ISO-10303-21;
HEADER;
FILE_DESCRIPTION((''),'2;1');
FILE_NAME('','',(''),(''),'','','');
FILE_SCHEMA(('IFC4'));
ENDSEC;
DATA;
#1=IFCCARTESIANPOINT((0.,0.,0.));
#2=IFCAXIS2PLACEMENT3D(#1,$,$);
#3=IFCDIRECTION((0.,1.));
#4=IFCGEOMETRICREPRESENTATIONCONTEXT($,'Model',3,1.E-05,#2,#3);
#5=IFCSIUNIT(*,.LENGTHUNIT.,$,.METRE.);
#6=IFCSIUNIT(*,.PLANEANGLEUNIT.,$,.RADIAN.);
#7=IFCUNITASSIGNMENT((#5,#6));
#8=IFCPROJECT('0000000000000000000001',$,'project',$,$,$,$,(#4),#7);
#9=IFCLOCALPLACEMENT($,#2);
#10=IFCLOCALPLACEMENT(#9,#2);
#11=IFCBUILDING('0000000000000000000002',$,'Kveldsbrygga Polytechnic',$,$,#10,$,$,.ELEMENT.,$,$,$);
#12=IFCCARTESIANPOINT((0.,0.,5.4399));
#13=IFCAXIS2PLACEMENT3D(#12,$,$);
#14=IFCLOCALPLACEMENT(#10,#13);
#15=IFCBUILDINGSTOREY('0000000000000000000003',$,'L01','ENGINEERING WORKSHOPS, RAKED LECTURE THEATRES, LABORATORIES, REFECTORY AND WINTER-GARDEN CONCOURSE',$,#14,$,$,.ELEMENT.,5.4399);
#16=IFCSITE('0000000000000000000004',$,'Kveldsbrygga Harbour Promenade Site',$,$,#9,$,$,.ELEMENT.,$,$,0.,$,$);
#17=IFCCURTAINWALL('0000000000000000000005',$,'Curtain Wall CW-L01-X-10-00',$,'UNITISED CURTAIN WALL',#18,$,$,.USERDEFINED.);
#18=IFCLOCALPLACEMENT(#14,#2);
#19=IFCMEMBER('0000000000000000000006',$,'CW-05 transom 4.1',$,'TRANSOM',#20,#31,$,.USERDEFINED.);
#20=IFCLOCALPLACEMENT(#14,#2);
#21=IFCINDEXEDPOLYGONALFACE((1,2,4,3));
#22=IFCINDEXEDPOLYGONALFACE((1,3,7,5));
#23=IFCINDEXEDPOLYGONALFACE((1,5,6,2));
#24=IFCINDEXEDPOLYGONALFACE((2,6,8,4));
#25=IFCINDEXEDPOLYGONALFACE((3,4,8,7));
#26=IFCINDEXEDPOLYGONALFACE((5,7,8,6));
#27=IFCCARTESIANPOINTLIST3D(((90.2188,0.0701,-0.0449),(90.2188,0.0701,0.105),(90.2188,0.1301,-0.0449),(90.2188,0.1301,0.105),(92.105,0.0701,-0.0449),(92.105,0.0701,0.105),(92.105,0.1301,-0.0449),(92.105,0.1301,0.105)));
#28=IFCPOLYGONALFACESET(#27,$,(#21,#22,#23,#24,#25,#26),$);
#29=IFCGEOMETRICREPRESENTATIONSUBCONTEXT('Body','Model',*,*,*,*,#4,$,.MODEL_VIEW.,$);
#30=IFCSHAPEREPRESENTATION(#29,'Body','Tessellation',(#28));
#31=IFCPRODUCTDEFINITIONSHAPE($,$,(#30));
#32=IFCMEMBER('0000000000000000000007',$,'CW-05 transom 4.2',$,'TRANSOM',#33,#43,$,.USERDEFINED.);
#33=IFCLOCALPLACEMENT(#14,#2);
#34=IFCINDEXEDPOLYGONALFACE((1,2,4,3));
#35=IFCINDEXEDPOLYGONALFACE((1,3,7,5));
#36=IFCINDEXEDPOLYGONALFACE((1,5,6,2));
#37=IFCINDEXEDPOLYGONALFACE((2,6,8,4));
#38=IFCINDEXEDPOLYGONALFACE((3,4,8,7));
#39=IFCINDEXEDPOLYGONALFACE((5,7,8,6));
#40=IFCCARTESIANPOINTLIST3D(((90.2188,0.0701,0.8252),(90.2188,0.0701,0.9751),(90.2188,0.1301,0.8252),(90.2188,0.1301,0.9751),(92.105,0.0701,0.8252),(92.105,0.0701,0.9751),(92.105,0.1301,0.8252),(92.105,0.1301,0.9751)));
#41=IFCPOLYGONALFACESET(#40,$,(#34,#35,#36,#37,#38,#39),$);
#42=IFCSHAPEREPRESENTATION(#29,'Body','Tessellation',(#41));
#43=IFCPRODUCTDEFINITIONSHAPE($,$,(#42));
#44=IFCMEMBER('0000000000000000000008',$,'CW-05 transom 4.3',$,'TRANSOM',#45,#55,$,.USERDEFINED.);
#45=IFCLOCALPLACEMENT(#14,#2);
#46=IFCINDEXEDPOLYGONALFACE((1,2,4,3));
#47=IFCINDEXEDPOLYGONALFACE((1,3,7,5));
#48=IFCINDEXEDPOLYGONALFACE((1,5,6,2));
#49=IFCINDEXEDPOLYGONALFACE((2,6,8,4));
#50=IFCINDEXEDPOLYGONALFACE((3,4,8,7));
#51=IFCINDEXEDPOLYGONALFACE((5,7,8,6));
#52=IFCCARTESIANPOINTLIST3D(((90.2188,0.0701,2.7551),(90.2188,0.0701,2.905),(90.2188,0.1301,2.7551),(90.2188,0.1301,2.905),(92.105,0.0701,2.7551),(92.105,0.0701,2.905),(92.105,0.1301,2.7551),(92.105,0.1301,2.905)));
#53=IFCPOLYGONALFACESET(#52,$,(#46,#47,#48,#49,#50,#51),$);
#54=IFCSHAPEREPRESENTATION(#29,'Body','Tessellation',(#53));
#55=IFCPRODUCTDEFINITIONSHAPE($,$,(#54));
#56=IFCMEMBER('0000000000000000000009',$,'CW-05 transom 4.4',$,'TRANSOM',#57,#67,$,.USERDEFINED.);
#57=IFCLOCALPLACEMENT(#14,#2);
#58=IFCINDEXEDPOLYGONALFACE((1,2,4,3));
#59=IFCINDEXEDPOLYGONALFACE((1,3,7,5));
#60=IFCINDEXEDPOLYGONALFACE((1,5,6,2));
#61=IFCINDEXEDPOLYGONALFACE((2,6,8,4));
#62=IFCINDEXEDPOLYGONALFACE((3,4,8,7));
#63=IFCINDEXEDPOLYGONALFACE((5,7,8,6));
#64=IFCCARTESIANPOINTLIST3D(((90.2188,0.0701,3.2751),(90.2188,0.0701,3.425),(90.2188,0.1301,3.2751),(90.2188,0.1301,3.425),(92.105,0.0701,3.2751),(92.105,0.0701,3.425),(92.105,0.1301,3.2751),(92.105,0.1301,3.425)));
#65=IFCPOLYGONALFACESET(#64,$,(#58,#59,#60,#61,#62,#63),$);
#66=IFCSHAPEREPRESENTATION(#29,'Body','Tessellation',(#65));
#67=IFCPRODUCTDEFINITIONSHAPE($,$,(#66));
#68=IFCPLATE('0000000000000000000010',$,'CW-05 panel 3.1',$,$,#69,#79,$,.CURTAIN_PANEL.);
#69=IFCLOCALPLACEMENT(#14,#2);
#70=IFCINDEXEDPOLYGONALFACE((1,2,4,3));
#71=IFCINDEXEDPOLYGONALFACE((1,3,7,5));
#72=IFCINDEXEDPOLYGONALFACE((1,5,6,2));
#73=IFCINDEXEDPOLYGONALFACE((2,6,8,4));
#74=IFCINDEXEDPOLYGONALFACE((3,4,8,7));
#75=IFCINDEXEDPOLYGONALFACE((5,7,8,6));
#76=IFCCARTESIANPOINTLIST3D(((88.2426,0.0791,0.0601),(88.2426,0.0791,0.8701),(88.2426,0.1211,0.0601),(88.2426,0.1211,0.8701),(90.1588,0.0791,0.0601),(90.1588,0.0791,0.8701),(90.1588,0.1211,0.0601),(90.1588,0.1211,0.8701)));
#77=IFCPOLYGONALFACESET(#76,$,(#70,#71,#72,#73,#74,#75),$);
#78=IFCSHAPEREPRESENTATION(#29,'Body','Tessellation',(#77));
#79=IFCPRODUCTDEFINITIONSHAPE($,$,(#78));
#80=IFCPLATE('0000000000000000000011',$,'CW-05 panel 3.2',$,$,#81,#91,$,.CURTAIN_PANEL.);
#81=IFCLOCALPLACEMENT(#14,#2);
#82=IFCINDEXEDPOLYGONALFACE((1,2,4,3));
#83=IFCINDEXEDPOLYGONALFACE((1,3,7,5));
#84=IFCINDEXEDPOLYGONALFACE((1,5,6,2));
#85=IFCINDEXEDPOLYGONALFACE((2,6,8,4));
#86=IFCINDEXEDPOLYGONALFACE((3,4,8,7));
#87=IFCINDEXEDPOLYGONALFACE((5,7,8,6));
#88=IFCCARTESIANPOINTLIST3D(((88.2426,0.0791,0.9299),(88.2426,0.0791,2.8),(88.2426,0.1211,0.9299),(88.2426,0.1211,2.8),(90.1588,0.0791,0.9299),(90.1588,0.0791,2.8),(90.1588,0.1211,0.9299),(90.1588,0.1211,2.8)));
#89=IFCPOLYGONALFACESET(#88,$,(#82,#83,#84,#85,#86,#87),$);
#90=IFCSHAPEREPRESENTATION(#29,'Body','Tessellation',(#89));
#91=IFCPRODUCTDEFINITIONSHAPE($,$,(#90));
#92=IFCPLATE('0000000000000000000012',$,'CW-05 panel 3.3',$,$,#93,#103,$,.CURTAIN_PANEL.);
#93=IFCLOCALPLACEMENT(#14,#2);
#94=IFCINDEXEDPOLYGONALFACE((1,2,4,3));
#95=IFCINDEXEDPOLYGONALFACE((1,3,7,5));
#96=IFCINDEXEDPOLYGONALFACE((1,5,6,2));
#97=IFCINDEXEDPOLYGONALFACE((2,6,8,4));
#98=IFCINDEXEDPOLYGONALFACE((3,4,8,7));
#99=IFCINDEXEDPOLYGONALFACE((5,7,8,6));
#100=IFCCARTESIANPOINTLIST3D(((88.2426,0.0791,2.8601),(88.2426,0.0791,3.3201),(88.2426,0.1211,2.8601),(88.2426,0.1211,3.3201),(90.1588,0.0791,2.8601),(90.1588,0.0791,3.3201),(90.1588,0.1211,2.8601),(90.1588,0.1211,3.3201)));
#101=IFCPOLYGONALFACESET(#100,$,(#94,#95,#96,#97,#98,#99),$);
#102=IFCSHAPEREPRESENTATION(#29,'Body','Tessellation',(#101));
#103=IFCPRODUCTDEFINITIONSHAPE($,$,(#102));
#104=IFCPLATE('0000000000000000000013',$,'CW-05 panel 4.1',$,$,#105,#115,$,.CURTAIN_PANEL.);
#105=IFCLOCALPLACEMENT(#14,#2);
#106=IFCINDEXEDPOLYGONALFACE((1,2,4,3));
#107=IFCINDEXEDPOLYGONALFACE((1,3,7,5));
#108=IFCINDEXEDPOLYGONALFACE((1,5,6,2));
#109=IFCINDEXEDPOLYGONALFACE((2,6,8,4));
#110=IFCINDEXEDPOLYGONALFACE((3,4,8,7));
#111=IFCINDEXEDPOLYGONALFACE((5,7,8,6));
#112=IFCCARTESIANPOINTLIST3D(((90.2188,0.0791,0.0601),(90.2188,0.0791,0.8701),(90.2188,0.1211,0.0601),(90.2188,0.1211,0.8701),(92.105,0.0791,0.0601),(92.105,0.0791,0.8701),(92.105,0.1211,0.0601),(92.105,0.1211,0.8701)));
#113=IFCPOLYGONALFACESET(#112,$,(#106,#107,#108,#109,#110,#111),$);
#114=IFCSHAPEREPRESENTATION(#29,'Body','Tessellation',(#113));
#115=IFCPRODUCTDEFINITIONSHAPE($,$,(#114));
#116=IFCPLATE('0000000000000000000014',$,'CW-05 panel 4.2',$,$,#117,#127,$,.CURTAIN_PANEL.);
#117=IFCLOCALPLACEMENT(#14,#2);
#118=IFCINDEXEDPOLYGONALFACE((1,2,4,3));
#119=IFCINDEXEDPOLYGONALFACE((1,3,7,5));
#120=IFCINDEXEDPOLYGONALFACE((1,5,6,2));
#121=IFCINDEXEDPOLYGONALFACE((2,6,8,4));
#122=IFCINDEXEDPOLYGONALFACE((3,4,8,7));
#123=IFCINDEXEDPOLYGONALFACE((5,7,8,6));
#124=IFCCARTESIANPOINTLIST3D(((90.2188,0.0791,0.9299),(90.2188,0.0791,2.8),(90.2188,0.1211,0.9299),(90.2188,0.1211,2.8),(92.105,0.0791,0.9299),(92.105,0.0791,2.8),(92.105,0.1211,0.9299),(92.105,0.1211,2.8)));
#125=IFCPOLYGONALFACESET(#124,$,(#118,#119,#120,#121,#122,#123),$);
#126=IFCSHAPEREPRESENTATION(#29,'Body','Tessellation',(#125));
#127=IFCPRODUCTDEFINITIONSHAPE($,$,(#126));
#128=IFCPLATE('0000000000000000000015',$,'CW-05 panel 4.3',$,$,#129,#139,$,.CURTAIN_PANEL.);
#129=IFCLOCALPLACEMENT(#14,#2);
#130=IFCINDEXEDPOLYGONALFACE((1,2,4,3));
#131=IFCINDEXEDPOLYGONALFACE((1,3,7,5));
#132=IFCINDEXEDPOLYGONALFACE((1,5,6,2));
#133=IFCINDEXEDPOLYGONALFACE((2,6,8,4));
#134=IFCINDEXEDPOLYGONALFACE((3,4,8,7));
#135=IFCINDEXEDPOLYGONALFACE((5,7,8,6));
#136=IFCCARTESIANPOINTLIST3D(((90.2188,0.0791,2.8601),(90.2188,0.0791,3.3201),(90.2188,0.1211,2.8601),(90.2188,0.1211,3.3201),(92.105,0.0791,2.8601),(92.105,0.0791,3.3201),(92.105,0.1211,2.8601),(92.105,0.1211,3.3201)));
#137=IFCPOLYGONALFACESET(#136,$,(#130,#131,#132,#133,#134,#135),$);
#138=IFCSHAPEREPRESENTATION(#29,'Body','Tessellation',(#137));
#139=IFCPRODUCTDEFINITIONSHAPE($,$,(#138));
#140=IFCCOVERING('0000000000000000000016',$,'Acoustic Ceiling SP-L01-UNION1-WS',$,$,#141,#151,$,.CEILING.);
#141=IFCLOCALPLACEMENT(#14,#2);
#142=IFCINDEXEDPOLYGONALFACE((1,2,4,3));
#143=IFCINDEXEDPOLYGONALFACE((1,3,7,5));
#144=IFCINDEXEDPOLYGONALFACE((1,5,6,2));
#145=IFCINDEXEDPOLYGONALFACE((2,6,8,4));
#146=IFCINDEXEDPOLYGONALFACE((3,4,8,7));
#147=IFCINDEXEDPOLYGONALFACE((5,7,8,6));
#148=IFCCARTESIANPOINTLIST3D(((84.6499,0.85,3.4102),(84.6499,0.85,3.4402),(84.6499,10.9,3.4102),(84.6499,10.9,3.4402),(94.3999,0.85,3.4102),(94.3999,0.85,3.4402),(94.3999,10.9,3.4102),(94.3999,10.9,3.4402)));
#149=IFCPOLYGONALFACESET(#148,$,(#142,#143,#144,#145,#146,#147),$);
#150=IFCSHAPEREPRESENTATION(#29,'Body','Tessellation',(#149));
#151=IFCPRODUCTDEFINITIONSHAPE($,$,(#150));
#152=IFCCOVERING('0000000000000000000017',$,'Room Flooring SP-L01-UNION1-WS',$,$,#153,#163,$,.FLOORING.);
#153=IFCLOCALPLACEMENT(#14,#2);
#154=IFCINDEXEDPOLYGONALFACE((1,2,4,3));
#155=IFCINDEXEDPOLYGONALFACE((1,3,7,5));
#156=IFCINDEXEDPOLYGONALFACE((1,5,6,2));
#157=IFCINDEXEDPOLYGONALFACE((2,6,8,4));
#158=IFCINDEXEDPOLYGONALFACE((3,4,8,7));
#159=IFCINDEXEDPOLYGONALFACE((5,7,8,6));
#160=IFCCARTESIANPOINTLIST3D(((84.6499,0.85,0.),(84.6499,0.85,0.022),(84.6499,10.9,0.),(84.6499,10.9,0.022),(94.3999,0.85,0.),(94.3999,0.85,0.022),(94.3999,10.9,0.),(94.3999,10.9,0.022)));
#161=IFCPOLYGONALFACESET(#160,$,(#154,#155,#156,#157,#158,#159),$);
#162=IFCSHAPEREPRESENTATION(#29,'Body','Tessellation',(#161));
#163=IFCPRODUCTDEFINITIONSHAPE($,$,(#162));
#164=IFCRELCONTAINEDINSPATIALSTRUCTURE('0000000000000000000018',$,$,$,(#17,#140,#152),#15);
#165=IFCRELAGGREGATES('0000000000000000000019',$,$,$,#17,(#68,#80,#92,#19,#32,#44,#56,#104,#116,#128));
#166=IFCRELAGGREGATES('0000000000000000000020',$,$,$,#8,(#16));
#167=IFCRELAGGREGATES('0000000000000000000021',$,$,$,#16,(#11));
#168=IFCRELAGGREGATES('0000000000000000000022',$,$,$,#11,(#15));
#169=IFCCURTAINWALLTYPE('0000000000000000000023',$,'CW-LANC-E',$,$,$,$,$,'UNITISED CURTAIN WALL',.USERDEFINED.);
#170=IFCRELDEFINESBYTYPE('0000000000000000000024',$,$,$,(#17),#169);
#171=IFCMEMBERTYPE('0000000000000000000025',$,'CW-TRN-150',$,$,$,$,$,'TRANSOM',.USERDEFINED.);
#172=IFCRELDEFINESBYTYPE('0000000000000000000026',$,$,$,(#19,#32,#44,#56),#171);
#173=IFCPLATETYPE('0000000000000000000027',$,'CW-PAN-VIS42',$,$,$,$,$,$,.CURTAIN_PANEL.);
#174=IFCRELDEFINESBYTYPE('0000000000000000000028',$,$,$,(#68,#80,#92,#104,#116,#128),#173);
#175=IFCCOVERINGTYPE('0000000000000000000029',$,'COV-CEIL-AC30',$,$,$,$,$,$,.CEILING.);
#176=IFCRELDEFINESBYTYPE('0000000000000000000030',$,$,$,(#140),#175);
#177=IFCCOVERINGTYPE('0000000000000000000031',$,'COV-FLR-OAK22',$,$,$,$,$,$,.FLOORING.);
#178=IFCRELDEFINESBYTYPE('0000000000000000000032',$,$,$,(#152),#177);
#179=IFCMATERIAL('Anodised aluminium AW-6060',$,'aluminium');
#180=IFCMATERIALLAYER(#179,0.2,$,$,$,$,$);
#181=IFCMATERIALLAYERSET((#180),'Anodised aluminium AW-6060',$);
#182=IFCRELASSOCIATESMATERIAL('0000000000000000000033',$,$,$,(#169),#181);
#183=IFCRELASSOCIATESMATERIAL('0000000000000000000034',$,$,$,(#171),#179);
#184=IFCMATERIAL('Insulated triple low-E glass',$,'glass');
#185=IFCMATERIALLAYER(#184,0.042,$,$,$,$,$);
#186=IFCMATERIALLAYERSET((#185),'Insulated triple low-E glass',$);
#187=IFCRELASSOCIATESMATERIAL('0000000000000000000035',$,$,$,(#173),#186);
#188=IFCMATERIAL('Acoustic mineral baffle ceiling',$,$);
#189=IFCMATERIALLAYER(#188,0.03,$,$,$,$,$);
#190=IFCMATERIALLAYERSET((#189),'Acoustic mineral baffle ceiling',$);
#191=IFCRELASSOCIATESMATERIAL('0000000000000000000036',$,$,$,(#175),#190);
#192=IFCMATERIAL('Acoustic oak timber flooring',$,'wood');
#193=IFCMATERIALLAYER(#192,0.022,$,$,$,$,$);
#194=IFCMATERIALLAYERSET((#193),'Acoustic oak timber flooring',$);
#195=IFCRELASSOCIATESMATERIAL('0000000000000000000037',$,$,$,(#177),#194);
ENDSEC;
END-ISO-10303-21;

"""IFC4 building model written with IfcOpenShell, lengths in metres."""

from ifc_helpers import new_model, si_unit, direction, frame, origin, origin_2d, place, context, subcontext, project, spatial, rectangle, extrude, material, layer, layer_set, material_profile, profile_set, type_object, element, aggregate, save


model = new_model("IFC4")

# Units and contexts
model_context = context("Model", 3, precision=1e-05, world=origin(), true_north=direction((0.0, 1.0)))
body_context = subcontext(model_context, "Body", "Model", "MODEL_VIEW")
ifc_project = project(units=[si_unit("LENGTHUNIT", "METRE"), si_unit("PLANEANGLEUNIT", "RADIAN")], contexts=[model_context])

# Site, building, storey
site_placement = place(None, origin())
site = spatial("IfcSite", under=ifc_project, at=site_placement, Name="Kveldsbrygga Harbour Promenade Site", CompositionType="ELEMENT", RefElevation=0.0)
building_placement = place(site_placement, origin())
building = spatial("IfcBuilding", under=site, at=building_placement, Name="Kveldsbrygga Polytechnic", CompositionType="ELEMENT")
storey_placement = place(building_placement, frame((0.0, 0.0, 5.4399)))
storey = spatial("IfcBuildingStorey", under=building, at=storey_placement, Name="L01", Description="ENGINEERING WORKSHOPS, RAKED LECTURE THEATRES, LABORATORIES, REFECTORY AND WINTER-GARDEN CONCOURSE", CompositionType="ELEMENT", Elevation=5.4399)

# Curtain wall, members, plates
ifc_material_1 = material(Name="Anodised aluminium AW-6060", Category="aluminium")
ifc_layer_1 = layer(ifc_material_1, 0.2)
ifc_layer_set_1 = layer_set([ifc_layer_1], Name="Anodised aluminium AW-6060")
curtain_wall_type = type_object("IfcCurtainWallType", Name="CW-LANC-E", ElementType="UNITISED CURTAIN WALL", PredefinedType="USERDEFINED", material=ifc_layer_set_1)
curtain_wall_placement = place(storey_placement, origin())
curtain_wall = element("IfcCurtainWall", 1, at=curtain_wall_placement, inside=storey, type_object=curtain_wall_type, Name="Curtain Wall CW-L01-X-10-00", ObjectType="UNITISED CURTAIN WALL", PredefinedType="USERDEFINED")
ifc_material_profile_1 = material_profile(ifc_material_1, rectangle(XDim=0.0601, YDim=0.1499, at=origin_2d()), Name="ALU 60x150")
ifc_profile_set_1 = profile_set([ifc_material_profile_1], Name="Anodised aluminium AW-6060")
member_type_1 = type_object("IfcMemberType", Name="CW-TRN-150", ElementType="TRANSOM", PredefinedType="USERDEFINED", material=ifc_profile_set_1)
member_1_placement = place(storey_placement, frame((90.2188, 0.1001, 0.03), z_axis=(1.0, 0.0, 0.0), x_axis=(0.0, 1.0, 0.0)))
member_1 = element("IfcMember", 2, at=member_1_placement, type_object=member_type_1, Name="CW-05 transom 4.1", ObjectType="TRANSOM", PredefinedType="USERDEFINED", context=body_context, shape_type="SweptSolid", body=[
    extrude(rectangle(XDim=0.0601, YDim=0.1499, at=origin_2d()), origin(), (0.0, 0.0, 1.0), 1.8862),
])
member_2_placement = place(storey_placement, frame((90.2188, 0.1001, 0.9001), z_axis=(1.0, 0.0, 0.0), x_axis=(0.0, 1.0, 0.0)))
member_2 = element("IfcMember", 3, at=member_2_placement, type_object=member_type_1, Name="CW-05 transom 4.2", ObjectType="TRANSOM", PredefinedType="USERDEFINED", context=body_context, shape_type="SweptSolid", body=[
    extrude(rectangle(XDim=0.0601, YDim=0.1499, at=origin_2d()), origin(), (0.0, 0.0, 1.0), 1.8862),
])
member_3_placement = place(storey_placement, frame((90.2188, 0.1001, 2.8301), z_axis=(1.0, 0.0, 0.0), x_axis=(0.0, 1.0, 0.0)))
member_3 = element("IfcMember", 4, at=member_3_placement, type_object=member_type_1, Name="CW-05 transom 4.3", ObjectType="TRANSOM", PredefinedType="USERDEFINED", context=body_context, shape_type="SweptSolid", body=[
    extrude(rectangle(XDim=0.0601, YDim=0.1499, at=origin_2d()), origin(), (0.0, 0.0, 1.0), 1.8862),
])
member_4_placement = place(storey_placement, frame((90.2188, 0.1001, 3.3501), z_axis=(1.0, 0.0, 0.0), x_axis=(0.0, 1.0, 0.0)))
member_4 = element("IfcMember", 5, at=member_4_placement, type_object=member_type_1, Name="CW-05 transom 4.4", ObjectType="TRANSOM", PredefinedType="USERDEFINED", context=body_context, shape_type="SweptSolid", body=[
    extrude(rectangle(XDim=0.0601, YDim=0.1499, at=origin_2d()), origin(), (0.0, 0.0, 1.0), 1.8862),
])
ifc_material_2 = material(Name="Insulated triple low-E glass", Category="glass")
ifc_layer_2 = layer(ifc_material_2, 0.042)
ifc_layer_set_2 = layer_set([ifc_layer_2], Name="Insulated triple low-E glass")
plate_type = type_object("IfcPlateType", Name="CW-PAN-VIS42", PredefinedType="CURTAIN_PANEL", material=ifc_layer_set_2)
plate_1_placement = place(storey_placement, frame((89.2007, 0.1001, 0.0601), z_axis=(0.0, 0.0, 1.0), x_axis=(1.0, 0.0, 0.0)))
plate_1 = element("IfcPlate", 6, at=plate_1_placement, type_object=plate_type, Name="CW-05 panel 3.1", PredefinedType="CURTAIN_PANEL", context=body_context, shape_type="SweptSolid", body=[
    extrude(rectangle(XDim=1.9163, YDim=0.042, at=origin_2d()), origin(), (0.0, 0.0, 1.0), 0.8101),
])
plate_2_placement = place(storey_placement, frame((89.2007, 0.1001, 0.9299), z_axis=(0.0, 0.0, 1.0), x_axis=(1.0, 0.0, 0.0)))
plate_2 = element("IfcPlate", 7, at=plate_2_placement, type_object=plate_type, Name="CW-05 panel 3.2", PredefinedType="CURTAIN_PANEL", context=body_context, shape_type="SweptSolid", body=[
    extrude(rectangle(XDim=1.9163, YDim=0.042, at=origin_2d()), origin(), (0.0, 0.0, 1.0), 1.8701),
])
plate_3_placement = place(storey_placement, frame((89.2007, 0.1001, 2.8601), z_axis=(0.0, 0.0, 1.0), x_axis=(1.0, 0.0, 0.0)))
plate_3 = element("IfcPlate", 8, at=plate_3_placement, type_object=plate_type, Name="CW-05 panel 3.3", PredefinedType="CURTAIN_PANEL", context=body_context, shape_type="SweptSolid", body=[
    extrude(rectangle(XDim=1.9163, YDim=0.042, at=origin_2d()), origin(), (0.0, 0.0, 1.0), 0.46),
])
plate_4_placement = place(storey_placement, frame((91.1619, 0.1001, 0.0601), z_axis=(0.0, 0.0, 1.0), x_axis=(1.0, 0.0, 0.0)))
plate_4 = element("IfcPlate", 9, at=plate_4_placement, type_object=plate_type, Name="CW-05 panel 4.1", PredefinedType="CURTAIN_PANEL", context=body_context, shape_type="SweptSolid", body=[
    extrude(rectangle(XDim=1.8862, YDim=0.042, at=origin_2d()), origin(), (0.0, 0.0, 1.0), 0.8101),
])
plate_5_placement = place(storey_placement, frame((91.1619, 0.1001, 0.9299), z_axis=(0.0, 0.0, 1.0), x_axis=(1.0, 0.0, 0.0)))
plate_5 = element("IfcPlate", 10, at=plate_5_placement, type_object=plate_type, Name="CW-05 panel 4.2", PredefinedType="CURTAIN_PANEL", context=body_context, shape_type="SweptSolid", body=[
    extrude(rectangle(XDim=1.8862, YDim=0.042, at=origin_2d()), origin(), (0.0, 0.0, 1.0), 1.8701),
])
plate_6_placement = place(storey_placement, frame((91.1619, 0.1001, 2.8601), z_axis=(0.0, 0.0, 1.0), x_axis=(1.0, 0.0, 0.0)))
plate_6 = element("IfcPlate", 11, at=plate_6_placement, type_object=plate_type, Name="CW-05 panel 4.3", PredefinedType="CURTAIN_PANEL", context=body_context, shape_type="SweptSolid", body=[
    extrude(rectangle(XDim=1.8862, YDim=0.042, at=origin_2d()), origin(), (0.0, 0.0, 1.0), 0.46),
])
aggregate(curtain_wall, [plate_1, plate_2, plate_3, member_1, member_2, member_3, member_4, plate_4, plate_5, plate_6])

# Coverings
ifc_material_3 = material(Name="Acoustic mineral baffle ceiling")
ifc_layer_3 = layer(ifc_material_3, 0.03)
ifc_layer_set_3 = layer_set([ifc_layer_3], Name="Acoustic mineral baffle ceiling")
covering_type_1 = type_object("IfcCoveringType", Name="COV-CEIL-AC30", PredefinedType="CEILING", material=ifc_layer_set_3)
covering_1_placement = place(storey_placement, frame((89.5249, 5.875, 3.4102), z_axis=(0.0, 0.0, 1.0), x_axis=(1.0, 0.0, 0.0)))
element("IfcCovering", 12, at=covering_1_placement, inside=storey, type_object=covering_type_1, Name="Acoustic Ceiling SP-L01-UNION1-WS", PredefinedType="CEILING", context=body_context, shape_type="SweptSolid", body=[
    extrude(rectangle(XDim=9.75, YDim=10.05, at=origin_2d()), origin(), (0.0, 0.0, 1.0), 0.03),
])
ifc_material_4 = material(Name="Acoustic oak timber flooring", Category="wood")
ifc_layer_4 = layer(ifc_material_4, 0.022)
ifc_layer_set_4 = layer_set([ifc_layer_4], Name="Acoustic oak timber flooring")
covering_type_2 = type_object("IfcCoveringType", Name="COV-FLR-OAK22", PredefinedType="FLOORING", material=ifc_layer_set_4)
covering_2_placement = place(storey_placement, frame((89.5249, 5.875, 0.0), z_axis=(0.0, 0.0, 1.0), x_axis=(1.0, 0.0, 0.0)))
element("IfcCovering", 13, at=covering_2_placement, inside=storey, type_object=covering_type_2, Name="Room Flooring SP-L01-UNION1-WS", PredefinedType="FLOORING", context=body_context, shape_type="SweptSolid", body=[
    extrude(rectangle(XDim=9.75, YDim=10.05, at=origin_2d()), origin(), (0.0, 0.0, 1.0), 0.022),
])

save(model, "model.ifc")
